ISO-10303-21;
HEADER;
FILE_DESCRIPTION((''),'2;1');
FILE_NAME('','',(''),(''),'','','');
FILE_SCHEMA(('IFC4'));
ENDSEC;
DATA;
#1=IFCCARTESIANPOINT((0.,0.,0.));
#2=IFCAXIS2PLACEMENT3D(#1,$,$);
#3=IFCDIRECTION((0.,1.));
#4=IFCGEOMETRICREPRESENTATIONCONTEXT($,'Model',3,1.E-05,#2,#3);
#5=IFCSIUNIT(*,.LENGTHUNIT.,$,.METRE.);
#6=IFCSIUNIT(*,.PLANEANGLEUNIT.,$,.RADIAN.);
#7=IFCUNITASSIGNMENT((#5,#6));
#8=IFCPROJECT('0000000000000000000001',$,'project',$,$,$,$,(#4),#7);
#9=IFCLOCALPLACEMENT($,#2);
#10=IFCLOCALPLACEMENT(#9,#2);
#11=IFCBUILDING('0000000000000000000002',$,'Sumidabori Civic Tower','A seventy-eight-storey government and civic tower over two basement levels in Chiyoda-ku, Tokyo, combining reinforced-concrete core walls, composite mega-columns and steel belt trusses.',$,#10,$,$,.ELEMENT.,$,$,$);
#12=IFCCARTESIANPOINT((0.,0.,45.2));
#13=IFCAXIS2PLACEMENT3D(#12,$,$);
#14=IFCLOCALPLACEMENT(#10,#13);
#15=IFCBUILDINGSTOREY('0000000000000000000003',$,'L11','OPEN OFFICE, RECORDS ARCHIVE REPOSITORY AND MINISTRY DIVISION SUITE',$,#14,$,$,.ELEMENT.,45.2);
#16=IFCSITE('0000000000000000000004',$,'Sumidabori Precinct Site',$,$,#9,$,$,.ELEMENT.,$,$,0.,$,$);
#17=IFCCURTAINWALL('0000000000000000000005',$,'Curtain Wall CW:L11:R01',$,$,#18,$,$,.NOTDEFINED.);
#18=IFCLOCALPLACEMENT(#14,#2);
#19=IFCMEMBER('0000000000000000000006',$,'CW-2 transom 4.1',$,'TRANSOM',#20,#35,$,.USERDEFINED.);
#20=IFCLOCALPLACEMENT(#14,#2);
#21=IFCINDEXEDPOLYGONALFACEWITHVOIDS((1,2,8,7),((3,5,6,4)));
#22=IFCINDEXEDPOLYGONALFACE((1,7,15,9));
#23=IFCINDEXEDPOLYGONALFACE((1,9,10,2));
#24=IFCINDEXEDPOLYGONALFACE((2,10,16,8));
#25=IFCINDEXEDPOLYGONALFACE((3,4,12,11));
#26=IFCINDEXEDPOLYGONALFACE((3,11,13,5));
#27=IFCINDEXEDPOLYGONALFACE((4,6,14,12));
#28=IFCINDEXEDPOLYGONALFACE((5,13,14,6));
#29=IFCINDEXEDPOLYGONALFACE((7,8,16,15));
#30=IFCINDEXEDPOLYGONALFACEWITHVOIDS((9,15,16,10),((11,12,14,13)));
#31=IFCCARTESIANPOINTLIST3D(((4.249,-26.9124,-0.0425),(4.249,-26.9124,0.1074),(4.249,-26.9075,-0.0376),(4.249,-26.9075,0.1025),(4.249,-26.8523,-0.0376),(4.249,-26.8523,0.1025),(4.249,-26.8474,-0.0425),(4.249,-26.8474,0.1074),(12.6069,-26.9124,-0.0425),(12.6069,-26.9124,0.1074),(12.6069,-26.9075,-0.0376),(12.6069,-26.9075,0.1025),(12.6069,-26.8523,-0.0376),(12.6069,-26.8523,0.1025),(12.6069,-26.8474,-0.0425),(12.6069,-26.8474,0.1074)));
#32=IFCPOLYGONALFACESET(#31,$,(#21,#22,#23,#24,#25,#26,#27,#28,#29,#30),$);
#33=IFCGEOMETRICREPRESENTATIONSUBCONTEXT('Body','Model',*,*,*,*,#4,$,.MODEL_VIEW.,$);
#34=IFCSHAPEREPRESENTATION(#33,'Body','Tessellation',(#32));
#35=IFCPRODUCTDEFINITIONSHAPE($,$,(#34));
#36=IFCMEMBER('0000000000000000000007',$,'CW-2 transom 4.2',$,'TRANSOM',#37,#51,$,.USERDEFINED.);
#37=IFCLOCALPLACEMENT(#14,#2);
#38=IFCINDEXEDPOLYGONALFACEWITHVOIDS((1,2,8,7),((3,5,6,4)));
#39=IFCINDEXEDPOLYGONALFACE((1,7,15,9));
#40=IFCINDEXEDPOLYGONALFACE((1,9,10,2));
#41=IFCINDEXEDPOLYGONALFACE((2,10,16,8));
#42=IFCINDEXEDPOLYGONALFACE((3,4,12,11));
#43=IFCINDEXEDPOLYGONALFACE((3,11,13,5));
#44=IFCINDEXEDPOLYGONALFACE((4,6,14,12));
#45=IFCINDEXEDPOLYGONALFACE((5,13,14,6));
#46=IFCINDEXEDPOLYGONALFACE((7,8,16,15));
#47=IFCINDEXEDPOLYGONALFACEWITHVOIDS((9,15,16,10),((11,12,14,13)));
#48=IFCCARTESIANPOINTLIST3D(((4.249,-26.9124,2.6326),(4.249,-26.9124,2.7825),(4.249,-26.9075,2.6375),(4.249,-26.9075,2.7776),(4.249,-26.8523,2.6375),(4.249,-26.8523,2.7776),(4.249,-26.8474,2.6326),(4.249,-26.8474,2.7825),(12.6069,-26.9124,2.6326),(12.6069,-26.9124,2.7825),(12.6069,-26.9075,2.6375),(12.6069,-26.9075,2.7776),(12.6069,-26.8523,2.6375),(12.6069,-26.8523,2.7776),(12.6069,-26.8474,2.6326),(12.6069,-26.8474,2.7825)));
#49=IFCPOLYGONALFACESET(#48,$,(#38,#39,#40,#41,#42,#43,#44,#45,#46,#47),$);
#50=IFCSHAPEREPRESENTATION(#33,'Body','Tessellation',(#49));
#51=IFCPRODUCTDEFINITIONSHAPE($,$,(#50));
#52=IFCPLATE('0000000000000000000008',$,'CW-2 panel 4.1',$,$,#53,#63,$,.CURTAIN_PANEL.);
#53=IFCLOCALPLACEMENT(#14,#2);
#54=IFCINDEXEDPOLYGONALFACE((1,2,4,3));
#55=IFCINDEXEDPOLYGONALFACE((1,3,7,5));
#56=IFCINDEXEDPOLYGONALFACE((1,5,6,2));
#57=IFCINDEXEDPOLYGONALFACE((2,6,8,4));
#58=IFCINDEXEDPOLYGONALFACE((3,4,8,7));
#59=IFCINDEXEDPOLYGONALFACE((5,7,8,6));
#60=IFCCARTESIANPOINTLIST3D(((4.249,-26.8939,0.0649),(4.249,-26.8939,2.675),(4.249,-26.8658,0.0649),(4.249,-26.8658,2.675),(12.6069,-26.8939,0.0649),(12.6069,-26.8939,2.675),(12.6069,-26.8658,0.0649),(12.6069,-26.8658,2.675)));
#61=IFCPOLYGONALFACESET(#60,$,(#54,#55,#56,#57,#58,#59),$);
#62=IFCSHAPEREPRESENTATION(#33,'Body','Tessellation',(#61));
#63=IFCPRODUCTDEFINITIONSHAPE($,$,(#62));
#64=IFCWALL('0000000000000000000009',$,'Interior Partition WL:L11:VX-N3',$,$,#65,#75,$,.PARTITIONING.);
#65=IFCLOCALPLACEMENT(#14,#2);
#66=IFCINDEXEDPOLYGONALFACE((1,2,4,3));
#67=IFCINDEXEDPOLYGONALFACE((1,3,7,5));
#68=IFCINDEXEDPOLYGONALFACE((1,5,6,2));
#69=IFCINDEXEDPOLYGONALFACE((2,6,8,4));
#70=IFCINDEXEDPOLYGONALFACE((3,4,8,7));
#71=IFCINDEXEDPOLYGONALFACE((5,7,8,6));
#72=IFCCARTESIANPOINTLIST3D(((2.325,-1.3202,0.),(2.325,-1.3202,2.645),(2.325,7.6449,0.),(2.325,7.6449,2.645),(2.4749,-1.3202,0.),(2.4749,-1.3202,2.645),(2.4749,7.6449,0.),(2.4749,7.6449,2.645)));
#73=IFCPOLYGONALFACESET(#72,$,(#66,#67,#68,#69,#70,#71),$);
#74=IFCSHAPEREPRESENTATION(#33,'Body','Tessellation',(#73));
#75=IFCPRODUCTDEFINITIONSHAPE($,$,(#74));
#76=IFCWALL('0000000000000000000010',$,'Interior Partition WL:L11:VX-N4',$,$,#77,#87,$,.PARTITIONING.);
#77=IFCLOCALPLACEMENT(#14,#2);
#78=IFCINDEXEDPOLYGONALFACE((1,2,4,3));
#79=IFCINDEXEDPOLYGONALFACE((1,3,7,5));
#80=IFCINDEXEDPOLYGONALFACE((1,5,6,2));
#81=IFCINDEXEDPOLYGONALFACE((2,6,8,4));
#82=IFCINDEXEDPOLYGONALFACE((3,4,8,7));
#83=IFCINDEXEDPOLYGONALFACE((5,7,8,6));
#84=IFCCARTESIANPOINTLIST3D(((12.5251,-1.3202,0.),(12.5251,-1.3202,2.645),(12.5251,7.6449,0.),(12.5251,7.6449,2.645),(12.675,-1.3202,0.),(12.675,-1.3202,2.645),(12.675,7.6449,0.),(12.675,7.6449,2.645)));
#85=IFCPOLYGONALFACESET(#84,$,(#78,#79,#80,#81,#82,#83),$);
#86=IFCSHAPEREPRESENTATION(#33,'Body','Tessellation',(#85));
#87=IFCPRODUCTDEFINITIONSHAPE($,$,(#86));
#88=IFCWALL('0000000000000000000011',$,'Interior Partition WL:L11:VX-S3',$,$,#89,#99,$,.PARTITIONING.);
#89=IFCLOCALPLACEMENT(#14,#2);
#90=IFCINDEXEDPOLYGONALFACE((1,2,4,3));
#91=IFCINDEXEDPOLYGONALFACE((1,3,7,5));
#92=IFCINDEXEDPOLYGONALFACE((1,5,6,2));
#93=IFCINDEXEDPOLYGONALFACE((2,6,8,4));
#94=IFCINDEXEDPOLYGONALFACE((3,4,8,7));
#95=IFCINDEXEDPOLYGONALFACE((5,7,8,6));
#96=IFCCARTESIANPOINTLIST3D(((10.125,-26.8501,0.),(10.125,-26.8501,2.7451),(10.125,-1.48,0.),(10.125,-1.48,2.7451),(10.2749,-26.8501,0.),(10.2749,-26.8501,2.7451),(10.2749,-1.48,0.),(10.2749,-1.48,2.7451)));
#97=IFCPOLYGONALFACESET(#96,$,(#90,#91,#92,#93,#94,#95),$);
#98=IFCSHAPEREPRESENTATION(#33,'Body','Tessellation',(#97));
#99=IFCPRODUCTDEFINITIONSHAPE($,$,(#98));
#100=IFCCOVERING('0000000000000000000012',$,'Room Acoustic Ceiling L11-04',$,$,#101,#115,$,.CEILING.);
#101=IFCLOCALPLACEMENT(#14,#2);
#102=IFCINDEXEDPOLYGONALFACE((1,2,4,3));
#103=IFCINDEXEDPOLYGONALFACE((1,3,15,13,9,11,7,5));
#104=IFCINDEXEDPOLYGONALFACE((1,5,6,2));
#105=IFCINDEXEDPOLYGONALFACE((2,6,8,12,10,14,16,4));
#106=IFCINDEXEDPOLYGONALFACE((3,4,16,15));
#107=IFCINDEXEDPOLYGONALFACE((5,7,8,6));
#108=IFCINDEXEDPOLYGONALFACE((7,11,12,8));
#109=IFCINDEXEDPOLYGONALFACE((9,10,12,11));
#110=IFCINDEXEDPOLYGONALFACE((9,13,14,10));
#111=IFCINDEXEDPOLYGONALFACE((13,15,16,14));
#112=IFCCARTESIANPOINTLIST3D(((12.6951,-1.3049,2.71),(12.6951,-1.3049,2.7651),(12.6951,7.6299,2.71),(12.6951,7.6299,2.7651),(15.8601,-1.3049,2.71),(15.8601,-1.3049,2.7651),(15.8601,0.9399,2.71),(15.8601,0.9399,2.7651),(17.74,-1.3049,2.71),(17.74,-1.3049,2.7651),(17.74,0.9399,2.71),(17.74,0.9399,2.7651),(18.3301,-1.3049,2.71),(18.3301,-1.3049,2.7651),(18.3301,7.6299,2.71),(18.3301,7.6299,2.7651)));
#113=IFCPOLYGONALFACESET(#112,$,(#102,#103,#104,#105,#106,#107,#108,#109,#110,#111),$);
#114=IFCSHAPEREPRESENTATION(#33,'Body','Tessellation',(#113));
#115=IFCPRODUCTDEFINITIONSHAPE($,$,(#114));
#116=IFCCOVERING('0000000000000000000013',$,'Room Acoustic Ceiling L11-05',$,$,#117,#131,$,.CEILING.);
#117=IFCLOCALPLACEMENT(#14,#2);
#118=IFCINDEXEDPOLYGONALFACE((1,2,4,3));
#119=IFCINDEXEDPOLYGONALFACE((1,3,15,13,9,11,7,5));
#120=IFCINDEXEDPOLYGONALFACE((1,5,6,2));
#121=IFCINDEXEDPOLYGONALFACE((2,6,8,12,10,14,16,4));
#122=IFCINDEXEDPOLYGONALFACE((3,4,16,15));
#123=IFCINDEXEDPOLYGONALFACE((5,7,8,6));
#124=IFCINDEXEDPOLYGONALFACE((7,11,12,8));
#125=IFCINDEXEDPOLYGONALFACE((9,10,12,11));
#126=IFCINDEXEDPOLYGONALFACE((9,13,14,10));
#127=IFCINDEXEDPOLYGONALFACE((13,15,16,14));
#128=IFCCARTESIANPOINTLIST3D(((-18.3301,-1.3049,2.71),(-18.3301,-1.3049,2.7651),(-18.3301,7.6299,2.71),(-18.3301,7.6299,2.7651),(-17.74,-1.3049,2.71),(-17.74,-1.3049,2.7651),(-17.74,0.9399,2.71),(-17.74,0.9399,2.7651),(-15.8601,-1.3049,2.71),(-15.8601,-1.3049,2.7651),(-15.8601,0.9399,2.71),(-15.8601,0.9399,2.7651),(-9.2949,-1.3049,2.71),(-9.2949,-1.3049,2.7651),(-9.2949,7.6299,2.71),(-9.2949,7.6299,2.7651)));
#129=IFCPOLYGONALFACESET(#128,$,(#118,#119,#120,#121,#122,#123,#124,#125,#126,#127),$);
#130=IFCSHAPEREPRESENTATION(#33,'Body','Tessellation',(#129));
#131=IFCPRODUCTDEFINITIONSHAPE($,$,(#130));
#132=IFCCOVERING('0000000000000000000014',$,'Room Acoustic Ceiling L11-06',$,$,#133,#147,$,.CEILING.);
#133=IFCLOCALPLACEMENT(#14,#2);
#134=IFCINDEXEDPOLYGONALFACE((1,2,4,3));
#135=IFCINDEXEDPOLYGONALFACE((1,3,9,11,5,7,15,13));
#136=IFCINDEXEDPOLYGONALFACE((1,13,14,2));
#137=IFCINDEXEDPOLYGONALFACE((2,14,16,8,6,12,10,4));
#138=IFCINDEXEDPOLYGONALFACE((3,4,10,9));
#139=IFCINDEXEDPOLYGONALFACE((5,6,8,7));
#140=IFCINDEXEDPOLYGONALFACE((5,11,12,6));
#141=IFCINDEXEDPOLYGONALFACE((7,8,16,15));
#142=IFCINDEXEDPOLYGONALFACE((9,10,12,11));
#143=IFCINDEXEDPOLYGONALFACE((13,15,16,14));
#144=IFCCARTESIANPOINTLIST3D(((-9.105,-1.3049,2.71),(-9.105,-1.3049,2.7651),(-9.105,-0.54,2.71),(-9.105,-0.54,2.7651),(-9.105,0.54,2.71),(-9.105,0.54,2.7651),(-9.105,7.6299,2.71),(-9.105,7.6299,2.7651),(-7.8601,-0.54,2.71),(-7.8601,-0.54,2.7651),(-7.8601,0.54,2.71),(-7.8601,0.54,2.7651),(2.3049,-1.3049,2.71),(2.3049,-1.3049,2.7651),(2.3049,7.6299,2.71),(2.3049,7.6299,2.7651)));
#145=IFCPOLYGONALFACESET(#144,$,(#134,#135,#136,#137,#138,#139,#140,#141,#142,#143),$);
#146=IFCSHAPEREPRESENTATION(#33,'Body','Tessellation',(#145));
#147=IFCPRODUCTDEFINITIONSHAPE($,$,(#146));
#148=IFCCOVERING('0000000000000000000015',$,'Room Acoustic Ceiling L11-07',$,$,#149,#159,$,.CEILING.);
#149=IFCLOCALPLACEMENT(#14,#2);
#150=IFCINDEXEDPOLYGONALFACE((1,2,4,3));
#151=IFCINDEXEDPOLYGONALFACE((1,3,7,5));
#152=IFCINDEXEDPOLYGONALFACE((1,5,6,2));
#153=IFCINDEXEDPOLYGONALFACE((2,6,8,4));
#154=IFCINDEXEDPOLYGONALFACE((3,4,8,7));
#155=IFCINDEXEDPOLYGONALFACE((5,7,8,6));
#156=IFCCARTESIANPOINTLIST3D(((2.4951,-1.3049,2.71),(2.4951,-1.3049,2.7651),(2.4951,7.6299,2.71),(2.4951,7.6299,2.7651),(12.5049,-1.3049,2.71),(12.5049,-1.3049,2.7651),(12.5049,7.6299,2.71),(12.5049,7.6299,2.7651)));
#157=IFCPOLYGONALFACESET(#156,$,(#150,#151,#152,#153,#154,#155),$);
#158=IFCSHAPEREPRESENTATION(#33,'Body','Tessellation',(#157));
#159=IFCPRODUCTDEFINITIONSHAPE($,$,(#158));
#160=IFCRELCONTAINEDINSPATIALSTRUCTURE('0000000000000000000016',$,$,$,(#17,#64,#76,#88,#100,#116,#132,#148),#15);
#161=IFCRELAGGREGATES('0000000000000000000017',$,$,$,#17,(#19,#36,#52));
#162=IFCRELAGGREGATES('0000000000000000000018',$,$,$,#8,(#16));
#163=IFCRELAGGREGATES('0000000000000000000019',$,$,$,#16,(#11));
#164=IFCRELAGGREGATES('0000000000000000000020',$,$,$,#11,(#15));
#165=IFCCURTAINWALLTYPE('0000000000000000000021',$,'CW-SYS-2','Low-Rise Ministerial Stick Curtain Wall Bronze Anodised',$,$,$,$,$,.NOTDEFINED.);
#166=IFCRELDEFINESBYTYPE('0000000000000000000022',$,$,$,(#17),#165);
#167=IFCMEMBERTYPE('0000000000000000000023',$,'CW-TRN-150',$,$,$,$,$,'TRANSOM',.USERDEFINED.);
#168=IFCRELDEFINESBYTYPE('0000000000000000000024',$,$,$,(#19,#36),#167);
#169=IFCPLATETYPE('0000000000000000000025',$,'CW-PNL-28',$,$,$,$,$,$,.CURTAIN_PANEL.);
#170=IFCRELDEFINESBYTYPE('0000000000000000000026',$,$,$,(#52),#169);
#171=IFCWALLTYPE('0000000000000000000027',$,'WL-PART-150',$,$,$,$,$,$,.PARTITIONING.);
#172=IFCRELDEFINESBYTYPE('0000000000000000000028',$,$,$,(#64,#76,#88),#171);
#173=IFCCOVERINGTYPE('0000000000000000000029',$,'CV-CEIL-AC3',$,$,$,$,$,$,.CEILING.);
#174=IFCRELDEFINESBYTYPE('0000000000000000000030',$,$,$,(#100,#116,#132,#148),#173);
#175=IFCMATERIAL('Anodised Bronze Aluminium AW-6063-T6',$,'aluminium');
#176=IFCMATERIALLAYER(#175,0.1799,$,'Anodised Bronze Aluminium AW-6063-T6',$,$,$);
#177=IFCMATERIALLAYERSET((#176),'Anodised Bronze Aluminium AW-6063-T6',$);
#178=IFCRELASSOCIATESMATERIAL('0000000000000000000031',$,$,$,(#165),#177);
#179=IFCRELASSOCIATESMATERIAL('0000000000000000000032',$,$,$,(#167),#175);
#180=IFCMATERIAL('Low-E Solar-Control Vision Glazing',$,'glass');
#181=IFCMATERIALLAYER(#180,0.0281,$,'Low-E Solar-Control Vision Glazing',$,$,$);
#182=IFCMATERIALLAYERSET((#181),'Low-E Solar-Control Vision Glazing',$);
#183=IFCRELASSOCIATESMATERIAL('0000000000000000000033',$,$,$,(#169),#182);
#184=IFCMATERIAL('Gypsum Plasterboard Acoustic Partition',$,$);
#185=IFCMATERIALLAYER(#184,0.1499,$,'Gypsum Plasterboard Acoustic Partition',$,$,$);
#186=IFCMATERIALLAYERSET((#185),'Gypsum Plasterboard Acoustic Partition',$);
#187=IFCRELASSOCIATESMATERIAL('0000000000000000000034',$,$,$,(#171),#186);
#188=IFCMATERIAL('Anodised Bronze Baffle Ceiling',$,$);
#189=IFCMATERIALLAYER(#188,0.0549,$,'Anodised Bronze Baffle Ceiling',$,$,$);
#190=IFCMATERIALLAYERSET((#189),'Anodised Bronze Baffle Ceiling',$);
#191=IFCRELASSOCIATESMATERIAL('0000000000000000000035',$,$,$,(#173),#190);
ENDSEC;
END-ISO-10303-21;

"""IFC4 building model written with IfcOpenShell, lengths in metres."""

from ifc_helpers import new_model, si_unit, direction, frame, frame_2d, origin, origin_2d, place, context, subcontext, project, spatial, polyline, rectangle, hollow_rectangle, outline, extrude, source, transform, mapped, material, layer, layer_set, material_profile, profile_set, type_object, element, aggregate, save


model = new_model("IFC4")

# Units and contexts
model_context = context("Model", 3, precision=1e-05, world=origin(), true_north=direction((0.0, 1.0)))
body_context = subcontext(model_context, "Body", "Model", "MODEL_VIEW")
ifc_project = project(units=[si_unit("LENGTHUNIT", "METRE"), si_unit("PLANEANGLEUNIT", "RADIAN")], contexts=[model_context])

# Site, building, storey
site_placement = place(None, origin())
site = spatial("IfcSite", under=ifc_project, at=site_placement, Name="Sumidabori Precinct Site", CompositionType="ELEMENT", RefElevation=0.0)
building_placement = place(site_placement, origin())
building = spatial("IfcBuilding", under=site, at=building_placement, Name="Sumidabori Civic Tower", Description="A seventy-eight-storey government and civic tower over two basement levels in Chiyoda-ku, Tokyo, combining reinforced-concrete core walls, composite mega-columns and steel belt trusses.", CompositionType="ELEMENT")
storey_placement = place(building_placement, frame((0.0, 0.0, 45.2)))
storey = spatial("IfcBuildingStorey", under=building, at=storey_placement, Name="L11", Description="OPEN OFFICE, RECORDS ARCHIVE REPOSITORY AND MINISTRY DIVISION SUITE", CompositionType="ELEMENT", Elevation=45.2)

# Curtain wall, members, plate
ifc_material_1 = material(Name="Anodised Bronze Aluminium AW-6063-T6", Category="aluminium")
ifc_layer_1 = layer(ifc_material_1, 0.1799, Name="Anodised Bronze Aluminium AW-6063-T6")
ifc_layer_set_1 = layer_set([ifc_layer_1], Name="Anodised Bronze Aluminium AW-6063-T6")
curtain_wall_type = type_object("IfcCurtainWallType", Name="CW-SYS-2", Description="Low-Rise Ministerial Stick Curtain Wall Bronze Anodised", PredefinedType="NOTDEFINED", material=ifc_layer_set_1)
curtain_wall_placement = place(storey_placement, origin())
curtain_wall = element("IfcCurtainWall", 1, at=curtain_wall_placement, inside=storey, type_object=curtain_wall_type, Name="Curtain Wall CW:L11:R01", PredefinedType="NOTDEFINED")
ifc_material_profile_1 = material_profile(ifc_material_1, hollow_rectangle(XDim=0.0649, YDim=0.1499, WallThickness=0.0049, at=origin_2d()), Name="ALU TRANSOM 150x65")
ifc_profile_set_1 = profile_set([ifc_material_profile_1], Name="Anodised Bronze Aluminium AW-6063-T6")
member_type_1 = type_object("IfcMemberType", Name="CW-TRN-150", ElementType="TRANSOM", PredefinedType="USERDEFINED", material=ifc_profile_set_1)
shared_shape_1 = source(origin(), body_context, "Body", "SweptSolid", [
    extrude(hollow_rectangle(XDim=0.0649, YDim=0.1499, WallThickness=0.0049, at=origin_2d()), origin(), (0.0, 0.0, 1.0), 8.3579),
])
member_1_placement = place(storey_placement, frame((4.249, -26.8799, 0.0325), z_axis=(1.0, 0.0, 0.0), x_axis=(0.0, 1.0, 0.0)))
member_1 = element("IfcMember", 2, at=member_1_placement, type_object=member_type_1, Name="CW-2 transom 4.1", ObjectType="TRANSOM", PredefinedType="USERDEFINED", context=body_context, shape_type="MappedRepresentation", body=[
    mapped(shared_shape_1, transform((0.0, 0.0, 0.0), x_axis=(1.0, 0.0, 0.0), y_axis=(0.0, 1.0, 0.0), z_axis=(0.0, 0.0, 1.0), scale=1.0)),
])
member_2_placement = place(storey_placement, frame((4.249, -26.8799, 2.7075), z_axis=(1.0, 0.0, 0.0), x_axis=(0.0, 1.0, 0.0)))
member_2 = element("IfcMember", 3, at=member_2_placement, type_object=member_type_1, Name="CW-2 transom 4.2", ObjectType="TRANSOM", PredefinedType="USERDEFINED", context=body_context, shape_type="MappedRepresentation", body=[
    mapped(shared_shape_1, transform((0.0, 0.0, 0.0), x_axis=(1.0, 0.0, 0.0), y_axis=(0.0, 1.0, 0.0), z_axis=(0.0, 0.0, 1.0), scale=1.0)),
])
ifc_material_2 = material(Name="Low-E Solar-Control Vision Glazing", Category="glass")
ifc_layer_2 = layer(ifc_material_2, 0.0281, Name="Low-E Solar-Control Vision Glazing")
ifc_layer_set_2 = layer_set([ifc_layer_2], Name="Low-E Solar-Control Vision Glazing")
plate_type = type_object("IfcPlateType", Name="CW-PNL-28", PredefinedType="CURTAIN_PANEL", material=ifc_layer_set_2)
shared_shape_2 = source(origin(), body_context, "Body", "SweptSolid", [
    extrude(rectangle(XDim=8.3579, YDim=0.0281, at=origin_2d()), origin(), (0.0, 0.0, 1.0), 2.6101),
])
plate_placement = place(storey_placement, frame((8.428, -26.8799, 0.0649), z_axis=(0.0, 0.0, 1.0), x_axis=(1.0, 0.0, 0.0)))
plate = element("IfcPlate", 4, at=plate_placement, type_object=plate_type, Name="CW-2 panel 4.1", PredefinedType="CURTAIN_PANEL", context=body_context, shape_type="MappedRepresentation", body=[
    mapped(shared_shape_2, transform((0.0, 0.0, 0.0), x_axis=(1.0, 0.0, 0.0), y_axis=(0.0, 1.0, 0.0), z_axis=(0.0, 0.0, 1.0), scale=1.0)),
])
aggregate(curtain_wall, [member_1, member_2, plate])

# Walls
ifc_material_3 = material(Name="Gypsum Plasterboard Acoustic Partition")
ifc_layer_3 = layer(ifc_material_3, 0.1499, Name="Gypsum Plasterboard Acoustic Partition")
ifc_layer_set_3 = layer_set([ifc_layer_3], Name="Gypsum Plasterboard Acoustic Partition")
wall_type = type_object("IfcWallType", Name="WL-PART-150", PredefinedType="PARTITIONING", material=ifc_layer_set_3)
shared_shape_3 = source(origin(), body_context, "Body", "SweptSolid", [
    extrude(rectangle(XDim=8.9651, YDim=0.1499, at=frame_2d((4.4824, 0.0))), origin(), (0.0, 0.0, 1.0), 2.645),
])
for number, where, z_axis, x_axis, name in (
    (5, (2.3999, -1.3201, 0.0), (0.0, 0.0, 1.0), (0.0, 1.0, 0.0), "Interior Partition WL:L11:VX-N3"),
    (6, (12.6001, -1.3201, 0.0), (0.0, 0.0, 1.0), (0.0, 1.0, 0.0), "Interior Partition WL:L11:VX-N4"),
):
    element("IfcWall", number, at=place(storey_placement, frame(where, z_axis=z_axis, x_axis=x_axis)), inside=storey, type_object=wall_type, Name=name, PredefinedType="PARTITIONING", context=body_context, shape_type="MappedRepresentation", body=[
        mapped(shared_shape_3, transform((0.0, 0.0, 0.0), x_axis=(1.0, 0.0, 0.0), y_axis=(0.0, 1.0, 0.0), z_axis=(0.0, 0.0, 1.0), scale=1.0)),
    ])
shared_shape_4 = source(origin(), body_context, "Body", "SweptSolid", [
    extrude(rectangle(XDim=25.3701, YDim=0.1499, at=frame_2d((12.6851, 0.0))), origin(), (0.0, 0.0, 1.0), 2.7451),
])
wall_placement = place(storey_placement, frame((10.2, -26.8501, 0.0), z_axis=(0.0, 0.0, 1.0), x_axis=(0.0, 1.0, 0.0)))
element("IfcWall", 7, at=wall_placement, inside=storey, type_object=wall_type, Name="Interior Partition WL:L11:VX-S3", PredefinedType="PARTITIONING", context=body_context, shape_type="MappedRepresentation", body=[
    mapped(shared_shape_4, transform((0.0, 0.0, 0.0), x_axis=(1.0, 0.0, 0.0), y_axis=(0.0, 1.0, 0.0), z_axis=(0.0, 0.0, 1.0), scale=1.0)),
])

# Coverings
ifc_material_4 = material(Name="Anodised Bronze Baffle Ceiling")
ifc_layer_4 = layer(ifc_material_4, 0.0549, Name="Anodised Bronze Baffle Ceiling")
ifc_layer_set_4 = layer_set([ifc_layer_4], Name="Anodised Bronze Baffle Ceiling")
covering_type_1 = type_object("IfcCoveringType", Name="CV-CEIL-AC3", PredefinedType="CEILING", material=ifc_layer_set_4)
covering_1_placement = place(storey_placement, frame((0.0, 0.0, 2.71)))
element("IfcCovering", 8, at=covering_1_placement, inside=storey, type_object=covering_type_1, Name="Room Acoustic Ceiling L11-04", PredefinedType="CEILING", context=body_context, shape_type="SweptSolid", body=[
    extrude(outline(polyline([(12.6951, 7.6299), (18.3301, 7.6299), (18.3301, -1.3049), (17.74, -1.3049), (17.74, 0.9399), (15.8601, 0.9399), (15.8601, -1.3049), (12.6951, -1.3049), (12.6951, 7.6299)])), origin(), (0.0, 0.0, 1.0), 0.0552),
])
covering_2_placement = place(storey_placement, frame((0.0, 0.0, 2.71)))
element("IfcCovering", 9, at=covering_2_placement, inside=storey, type_object=covering_type_1, Name="Room Acoustic Ceiling L11-05", PredefinedType="CEILING", context=body_context, shape_type="SweptSolid", body=[
    extrude(outline(polyline([(-18.3301, 7.6299), (-9.2949, 7.6299), (-9.2949, -1.3049), (-15.8601, -1.3049), (-15.8601, 0.9399), (-17.74, 0.9399), (-17.74, -1.3049), (-18.3301, -1.3049), (-18.3301, 7.6299)])), origin(), (0.0, 0.0, 1.0), 0.0552),
])
covering_3_placement = place(storey_placement, frame((0.0, 0.0, 2.71)))
element("IfcCovering", 10, at=covering_3_placement, inside=storey, type_object=covering_type_1, Name="Room Acoustic Ceiling L11-06", PredefinedType="CEILING", context=body_context, shape_type="SweptSolid", body=[
    extrude(outline(polyline([(-9.105, -0.54), (-7.8601, -0.54), (-7.8601, 0.54), (-9.105, 0.54), (-9.105, 7.6299), (2.3049, 7.6299), (2.3049, -1.3049), (-9.105, -1.3049), (-9.105, -0.54)])), origin(), (0.0, 0.0, 1.0), 0.0552),
])
covering_4_placement = place(storey_placement, frame((0.0, 0.0, 2.71)))
element("IfcCovering", 11, at=covering_4_placement, inside=storey, type_object=covering_type_1, Name="Room Acoustic Ceiling L11-07", PredefinedType="CEILING", context=body_context, shape_type="SweptSolid", body=[
    extrude(outline(polyline([(2.4951, 7.6299), (12.5049, 7.6299), (12.5049, -1.3049), (2.4951, -1.3049), (2.4951, 7.6299)])), origin(), (0.0, 0.0, 1.0), 0.0552),
])

save(model, "model.ifc")
